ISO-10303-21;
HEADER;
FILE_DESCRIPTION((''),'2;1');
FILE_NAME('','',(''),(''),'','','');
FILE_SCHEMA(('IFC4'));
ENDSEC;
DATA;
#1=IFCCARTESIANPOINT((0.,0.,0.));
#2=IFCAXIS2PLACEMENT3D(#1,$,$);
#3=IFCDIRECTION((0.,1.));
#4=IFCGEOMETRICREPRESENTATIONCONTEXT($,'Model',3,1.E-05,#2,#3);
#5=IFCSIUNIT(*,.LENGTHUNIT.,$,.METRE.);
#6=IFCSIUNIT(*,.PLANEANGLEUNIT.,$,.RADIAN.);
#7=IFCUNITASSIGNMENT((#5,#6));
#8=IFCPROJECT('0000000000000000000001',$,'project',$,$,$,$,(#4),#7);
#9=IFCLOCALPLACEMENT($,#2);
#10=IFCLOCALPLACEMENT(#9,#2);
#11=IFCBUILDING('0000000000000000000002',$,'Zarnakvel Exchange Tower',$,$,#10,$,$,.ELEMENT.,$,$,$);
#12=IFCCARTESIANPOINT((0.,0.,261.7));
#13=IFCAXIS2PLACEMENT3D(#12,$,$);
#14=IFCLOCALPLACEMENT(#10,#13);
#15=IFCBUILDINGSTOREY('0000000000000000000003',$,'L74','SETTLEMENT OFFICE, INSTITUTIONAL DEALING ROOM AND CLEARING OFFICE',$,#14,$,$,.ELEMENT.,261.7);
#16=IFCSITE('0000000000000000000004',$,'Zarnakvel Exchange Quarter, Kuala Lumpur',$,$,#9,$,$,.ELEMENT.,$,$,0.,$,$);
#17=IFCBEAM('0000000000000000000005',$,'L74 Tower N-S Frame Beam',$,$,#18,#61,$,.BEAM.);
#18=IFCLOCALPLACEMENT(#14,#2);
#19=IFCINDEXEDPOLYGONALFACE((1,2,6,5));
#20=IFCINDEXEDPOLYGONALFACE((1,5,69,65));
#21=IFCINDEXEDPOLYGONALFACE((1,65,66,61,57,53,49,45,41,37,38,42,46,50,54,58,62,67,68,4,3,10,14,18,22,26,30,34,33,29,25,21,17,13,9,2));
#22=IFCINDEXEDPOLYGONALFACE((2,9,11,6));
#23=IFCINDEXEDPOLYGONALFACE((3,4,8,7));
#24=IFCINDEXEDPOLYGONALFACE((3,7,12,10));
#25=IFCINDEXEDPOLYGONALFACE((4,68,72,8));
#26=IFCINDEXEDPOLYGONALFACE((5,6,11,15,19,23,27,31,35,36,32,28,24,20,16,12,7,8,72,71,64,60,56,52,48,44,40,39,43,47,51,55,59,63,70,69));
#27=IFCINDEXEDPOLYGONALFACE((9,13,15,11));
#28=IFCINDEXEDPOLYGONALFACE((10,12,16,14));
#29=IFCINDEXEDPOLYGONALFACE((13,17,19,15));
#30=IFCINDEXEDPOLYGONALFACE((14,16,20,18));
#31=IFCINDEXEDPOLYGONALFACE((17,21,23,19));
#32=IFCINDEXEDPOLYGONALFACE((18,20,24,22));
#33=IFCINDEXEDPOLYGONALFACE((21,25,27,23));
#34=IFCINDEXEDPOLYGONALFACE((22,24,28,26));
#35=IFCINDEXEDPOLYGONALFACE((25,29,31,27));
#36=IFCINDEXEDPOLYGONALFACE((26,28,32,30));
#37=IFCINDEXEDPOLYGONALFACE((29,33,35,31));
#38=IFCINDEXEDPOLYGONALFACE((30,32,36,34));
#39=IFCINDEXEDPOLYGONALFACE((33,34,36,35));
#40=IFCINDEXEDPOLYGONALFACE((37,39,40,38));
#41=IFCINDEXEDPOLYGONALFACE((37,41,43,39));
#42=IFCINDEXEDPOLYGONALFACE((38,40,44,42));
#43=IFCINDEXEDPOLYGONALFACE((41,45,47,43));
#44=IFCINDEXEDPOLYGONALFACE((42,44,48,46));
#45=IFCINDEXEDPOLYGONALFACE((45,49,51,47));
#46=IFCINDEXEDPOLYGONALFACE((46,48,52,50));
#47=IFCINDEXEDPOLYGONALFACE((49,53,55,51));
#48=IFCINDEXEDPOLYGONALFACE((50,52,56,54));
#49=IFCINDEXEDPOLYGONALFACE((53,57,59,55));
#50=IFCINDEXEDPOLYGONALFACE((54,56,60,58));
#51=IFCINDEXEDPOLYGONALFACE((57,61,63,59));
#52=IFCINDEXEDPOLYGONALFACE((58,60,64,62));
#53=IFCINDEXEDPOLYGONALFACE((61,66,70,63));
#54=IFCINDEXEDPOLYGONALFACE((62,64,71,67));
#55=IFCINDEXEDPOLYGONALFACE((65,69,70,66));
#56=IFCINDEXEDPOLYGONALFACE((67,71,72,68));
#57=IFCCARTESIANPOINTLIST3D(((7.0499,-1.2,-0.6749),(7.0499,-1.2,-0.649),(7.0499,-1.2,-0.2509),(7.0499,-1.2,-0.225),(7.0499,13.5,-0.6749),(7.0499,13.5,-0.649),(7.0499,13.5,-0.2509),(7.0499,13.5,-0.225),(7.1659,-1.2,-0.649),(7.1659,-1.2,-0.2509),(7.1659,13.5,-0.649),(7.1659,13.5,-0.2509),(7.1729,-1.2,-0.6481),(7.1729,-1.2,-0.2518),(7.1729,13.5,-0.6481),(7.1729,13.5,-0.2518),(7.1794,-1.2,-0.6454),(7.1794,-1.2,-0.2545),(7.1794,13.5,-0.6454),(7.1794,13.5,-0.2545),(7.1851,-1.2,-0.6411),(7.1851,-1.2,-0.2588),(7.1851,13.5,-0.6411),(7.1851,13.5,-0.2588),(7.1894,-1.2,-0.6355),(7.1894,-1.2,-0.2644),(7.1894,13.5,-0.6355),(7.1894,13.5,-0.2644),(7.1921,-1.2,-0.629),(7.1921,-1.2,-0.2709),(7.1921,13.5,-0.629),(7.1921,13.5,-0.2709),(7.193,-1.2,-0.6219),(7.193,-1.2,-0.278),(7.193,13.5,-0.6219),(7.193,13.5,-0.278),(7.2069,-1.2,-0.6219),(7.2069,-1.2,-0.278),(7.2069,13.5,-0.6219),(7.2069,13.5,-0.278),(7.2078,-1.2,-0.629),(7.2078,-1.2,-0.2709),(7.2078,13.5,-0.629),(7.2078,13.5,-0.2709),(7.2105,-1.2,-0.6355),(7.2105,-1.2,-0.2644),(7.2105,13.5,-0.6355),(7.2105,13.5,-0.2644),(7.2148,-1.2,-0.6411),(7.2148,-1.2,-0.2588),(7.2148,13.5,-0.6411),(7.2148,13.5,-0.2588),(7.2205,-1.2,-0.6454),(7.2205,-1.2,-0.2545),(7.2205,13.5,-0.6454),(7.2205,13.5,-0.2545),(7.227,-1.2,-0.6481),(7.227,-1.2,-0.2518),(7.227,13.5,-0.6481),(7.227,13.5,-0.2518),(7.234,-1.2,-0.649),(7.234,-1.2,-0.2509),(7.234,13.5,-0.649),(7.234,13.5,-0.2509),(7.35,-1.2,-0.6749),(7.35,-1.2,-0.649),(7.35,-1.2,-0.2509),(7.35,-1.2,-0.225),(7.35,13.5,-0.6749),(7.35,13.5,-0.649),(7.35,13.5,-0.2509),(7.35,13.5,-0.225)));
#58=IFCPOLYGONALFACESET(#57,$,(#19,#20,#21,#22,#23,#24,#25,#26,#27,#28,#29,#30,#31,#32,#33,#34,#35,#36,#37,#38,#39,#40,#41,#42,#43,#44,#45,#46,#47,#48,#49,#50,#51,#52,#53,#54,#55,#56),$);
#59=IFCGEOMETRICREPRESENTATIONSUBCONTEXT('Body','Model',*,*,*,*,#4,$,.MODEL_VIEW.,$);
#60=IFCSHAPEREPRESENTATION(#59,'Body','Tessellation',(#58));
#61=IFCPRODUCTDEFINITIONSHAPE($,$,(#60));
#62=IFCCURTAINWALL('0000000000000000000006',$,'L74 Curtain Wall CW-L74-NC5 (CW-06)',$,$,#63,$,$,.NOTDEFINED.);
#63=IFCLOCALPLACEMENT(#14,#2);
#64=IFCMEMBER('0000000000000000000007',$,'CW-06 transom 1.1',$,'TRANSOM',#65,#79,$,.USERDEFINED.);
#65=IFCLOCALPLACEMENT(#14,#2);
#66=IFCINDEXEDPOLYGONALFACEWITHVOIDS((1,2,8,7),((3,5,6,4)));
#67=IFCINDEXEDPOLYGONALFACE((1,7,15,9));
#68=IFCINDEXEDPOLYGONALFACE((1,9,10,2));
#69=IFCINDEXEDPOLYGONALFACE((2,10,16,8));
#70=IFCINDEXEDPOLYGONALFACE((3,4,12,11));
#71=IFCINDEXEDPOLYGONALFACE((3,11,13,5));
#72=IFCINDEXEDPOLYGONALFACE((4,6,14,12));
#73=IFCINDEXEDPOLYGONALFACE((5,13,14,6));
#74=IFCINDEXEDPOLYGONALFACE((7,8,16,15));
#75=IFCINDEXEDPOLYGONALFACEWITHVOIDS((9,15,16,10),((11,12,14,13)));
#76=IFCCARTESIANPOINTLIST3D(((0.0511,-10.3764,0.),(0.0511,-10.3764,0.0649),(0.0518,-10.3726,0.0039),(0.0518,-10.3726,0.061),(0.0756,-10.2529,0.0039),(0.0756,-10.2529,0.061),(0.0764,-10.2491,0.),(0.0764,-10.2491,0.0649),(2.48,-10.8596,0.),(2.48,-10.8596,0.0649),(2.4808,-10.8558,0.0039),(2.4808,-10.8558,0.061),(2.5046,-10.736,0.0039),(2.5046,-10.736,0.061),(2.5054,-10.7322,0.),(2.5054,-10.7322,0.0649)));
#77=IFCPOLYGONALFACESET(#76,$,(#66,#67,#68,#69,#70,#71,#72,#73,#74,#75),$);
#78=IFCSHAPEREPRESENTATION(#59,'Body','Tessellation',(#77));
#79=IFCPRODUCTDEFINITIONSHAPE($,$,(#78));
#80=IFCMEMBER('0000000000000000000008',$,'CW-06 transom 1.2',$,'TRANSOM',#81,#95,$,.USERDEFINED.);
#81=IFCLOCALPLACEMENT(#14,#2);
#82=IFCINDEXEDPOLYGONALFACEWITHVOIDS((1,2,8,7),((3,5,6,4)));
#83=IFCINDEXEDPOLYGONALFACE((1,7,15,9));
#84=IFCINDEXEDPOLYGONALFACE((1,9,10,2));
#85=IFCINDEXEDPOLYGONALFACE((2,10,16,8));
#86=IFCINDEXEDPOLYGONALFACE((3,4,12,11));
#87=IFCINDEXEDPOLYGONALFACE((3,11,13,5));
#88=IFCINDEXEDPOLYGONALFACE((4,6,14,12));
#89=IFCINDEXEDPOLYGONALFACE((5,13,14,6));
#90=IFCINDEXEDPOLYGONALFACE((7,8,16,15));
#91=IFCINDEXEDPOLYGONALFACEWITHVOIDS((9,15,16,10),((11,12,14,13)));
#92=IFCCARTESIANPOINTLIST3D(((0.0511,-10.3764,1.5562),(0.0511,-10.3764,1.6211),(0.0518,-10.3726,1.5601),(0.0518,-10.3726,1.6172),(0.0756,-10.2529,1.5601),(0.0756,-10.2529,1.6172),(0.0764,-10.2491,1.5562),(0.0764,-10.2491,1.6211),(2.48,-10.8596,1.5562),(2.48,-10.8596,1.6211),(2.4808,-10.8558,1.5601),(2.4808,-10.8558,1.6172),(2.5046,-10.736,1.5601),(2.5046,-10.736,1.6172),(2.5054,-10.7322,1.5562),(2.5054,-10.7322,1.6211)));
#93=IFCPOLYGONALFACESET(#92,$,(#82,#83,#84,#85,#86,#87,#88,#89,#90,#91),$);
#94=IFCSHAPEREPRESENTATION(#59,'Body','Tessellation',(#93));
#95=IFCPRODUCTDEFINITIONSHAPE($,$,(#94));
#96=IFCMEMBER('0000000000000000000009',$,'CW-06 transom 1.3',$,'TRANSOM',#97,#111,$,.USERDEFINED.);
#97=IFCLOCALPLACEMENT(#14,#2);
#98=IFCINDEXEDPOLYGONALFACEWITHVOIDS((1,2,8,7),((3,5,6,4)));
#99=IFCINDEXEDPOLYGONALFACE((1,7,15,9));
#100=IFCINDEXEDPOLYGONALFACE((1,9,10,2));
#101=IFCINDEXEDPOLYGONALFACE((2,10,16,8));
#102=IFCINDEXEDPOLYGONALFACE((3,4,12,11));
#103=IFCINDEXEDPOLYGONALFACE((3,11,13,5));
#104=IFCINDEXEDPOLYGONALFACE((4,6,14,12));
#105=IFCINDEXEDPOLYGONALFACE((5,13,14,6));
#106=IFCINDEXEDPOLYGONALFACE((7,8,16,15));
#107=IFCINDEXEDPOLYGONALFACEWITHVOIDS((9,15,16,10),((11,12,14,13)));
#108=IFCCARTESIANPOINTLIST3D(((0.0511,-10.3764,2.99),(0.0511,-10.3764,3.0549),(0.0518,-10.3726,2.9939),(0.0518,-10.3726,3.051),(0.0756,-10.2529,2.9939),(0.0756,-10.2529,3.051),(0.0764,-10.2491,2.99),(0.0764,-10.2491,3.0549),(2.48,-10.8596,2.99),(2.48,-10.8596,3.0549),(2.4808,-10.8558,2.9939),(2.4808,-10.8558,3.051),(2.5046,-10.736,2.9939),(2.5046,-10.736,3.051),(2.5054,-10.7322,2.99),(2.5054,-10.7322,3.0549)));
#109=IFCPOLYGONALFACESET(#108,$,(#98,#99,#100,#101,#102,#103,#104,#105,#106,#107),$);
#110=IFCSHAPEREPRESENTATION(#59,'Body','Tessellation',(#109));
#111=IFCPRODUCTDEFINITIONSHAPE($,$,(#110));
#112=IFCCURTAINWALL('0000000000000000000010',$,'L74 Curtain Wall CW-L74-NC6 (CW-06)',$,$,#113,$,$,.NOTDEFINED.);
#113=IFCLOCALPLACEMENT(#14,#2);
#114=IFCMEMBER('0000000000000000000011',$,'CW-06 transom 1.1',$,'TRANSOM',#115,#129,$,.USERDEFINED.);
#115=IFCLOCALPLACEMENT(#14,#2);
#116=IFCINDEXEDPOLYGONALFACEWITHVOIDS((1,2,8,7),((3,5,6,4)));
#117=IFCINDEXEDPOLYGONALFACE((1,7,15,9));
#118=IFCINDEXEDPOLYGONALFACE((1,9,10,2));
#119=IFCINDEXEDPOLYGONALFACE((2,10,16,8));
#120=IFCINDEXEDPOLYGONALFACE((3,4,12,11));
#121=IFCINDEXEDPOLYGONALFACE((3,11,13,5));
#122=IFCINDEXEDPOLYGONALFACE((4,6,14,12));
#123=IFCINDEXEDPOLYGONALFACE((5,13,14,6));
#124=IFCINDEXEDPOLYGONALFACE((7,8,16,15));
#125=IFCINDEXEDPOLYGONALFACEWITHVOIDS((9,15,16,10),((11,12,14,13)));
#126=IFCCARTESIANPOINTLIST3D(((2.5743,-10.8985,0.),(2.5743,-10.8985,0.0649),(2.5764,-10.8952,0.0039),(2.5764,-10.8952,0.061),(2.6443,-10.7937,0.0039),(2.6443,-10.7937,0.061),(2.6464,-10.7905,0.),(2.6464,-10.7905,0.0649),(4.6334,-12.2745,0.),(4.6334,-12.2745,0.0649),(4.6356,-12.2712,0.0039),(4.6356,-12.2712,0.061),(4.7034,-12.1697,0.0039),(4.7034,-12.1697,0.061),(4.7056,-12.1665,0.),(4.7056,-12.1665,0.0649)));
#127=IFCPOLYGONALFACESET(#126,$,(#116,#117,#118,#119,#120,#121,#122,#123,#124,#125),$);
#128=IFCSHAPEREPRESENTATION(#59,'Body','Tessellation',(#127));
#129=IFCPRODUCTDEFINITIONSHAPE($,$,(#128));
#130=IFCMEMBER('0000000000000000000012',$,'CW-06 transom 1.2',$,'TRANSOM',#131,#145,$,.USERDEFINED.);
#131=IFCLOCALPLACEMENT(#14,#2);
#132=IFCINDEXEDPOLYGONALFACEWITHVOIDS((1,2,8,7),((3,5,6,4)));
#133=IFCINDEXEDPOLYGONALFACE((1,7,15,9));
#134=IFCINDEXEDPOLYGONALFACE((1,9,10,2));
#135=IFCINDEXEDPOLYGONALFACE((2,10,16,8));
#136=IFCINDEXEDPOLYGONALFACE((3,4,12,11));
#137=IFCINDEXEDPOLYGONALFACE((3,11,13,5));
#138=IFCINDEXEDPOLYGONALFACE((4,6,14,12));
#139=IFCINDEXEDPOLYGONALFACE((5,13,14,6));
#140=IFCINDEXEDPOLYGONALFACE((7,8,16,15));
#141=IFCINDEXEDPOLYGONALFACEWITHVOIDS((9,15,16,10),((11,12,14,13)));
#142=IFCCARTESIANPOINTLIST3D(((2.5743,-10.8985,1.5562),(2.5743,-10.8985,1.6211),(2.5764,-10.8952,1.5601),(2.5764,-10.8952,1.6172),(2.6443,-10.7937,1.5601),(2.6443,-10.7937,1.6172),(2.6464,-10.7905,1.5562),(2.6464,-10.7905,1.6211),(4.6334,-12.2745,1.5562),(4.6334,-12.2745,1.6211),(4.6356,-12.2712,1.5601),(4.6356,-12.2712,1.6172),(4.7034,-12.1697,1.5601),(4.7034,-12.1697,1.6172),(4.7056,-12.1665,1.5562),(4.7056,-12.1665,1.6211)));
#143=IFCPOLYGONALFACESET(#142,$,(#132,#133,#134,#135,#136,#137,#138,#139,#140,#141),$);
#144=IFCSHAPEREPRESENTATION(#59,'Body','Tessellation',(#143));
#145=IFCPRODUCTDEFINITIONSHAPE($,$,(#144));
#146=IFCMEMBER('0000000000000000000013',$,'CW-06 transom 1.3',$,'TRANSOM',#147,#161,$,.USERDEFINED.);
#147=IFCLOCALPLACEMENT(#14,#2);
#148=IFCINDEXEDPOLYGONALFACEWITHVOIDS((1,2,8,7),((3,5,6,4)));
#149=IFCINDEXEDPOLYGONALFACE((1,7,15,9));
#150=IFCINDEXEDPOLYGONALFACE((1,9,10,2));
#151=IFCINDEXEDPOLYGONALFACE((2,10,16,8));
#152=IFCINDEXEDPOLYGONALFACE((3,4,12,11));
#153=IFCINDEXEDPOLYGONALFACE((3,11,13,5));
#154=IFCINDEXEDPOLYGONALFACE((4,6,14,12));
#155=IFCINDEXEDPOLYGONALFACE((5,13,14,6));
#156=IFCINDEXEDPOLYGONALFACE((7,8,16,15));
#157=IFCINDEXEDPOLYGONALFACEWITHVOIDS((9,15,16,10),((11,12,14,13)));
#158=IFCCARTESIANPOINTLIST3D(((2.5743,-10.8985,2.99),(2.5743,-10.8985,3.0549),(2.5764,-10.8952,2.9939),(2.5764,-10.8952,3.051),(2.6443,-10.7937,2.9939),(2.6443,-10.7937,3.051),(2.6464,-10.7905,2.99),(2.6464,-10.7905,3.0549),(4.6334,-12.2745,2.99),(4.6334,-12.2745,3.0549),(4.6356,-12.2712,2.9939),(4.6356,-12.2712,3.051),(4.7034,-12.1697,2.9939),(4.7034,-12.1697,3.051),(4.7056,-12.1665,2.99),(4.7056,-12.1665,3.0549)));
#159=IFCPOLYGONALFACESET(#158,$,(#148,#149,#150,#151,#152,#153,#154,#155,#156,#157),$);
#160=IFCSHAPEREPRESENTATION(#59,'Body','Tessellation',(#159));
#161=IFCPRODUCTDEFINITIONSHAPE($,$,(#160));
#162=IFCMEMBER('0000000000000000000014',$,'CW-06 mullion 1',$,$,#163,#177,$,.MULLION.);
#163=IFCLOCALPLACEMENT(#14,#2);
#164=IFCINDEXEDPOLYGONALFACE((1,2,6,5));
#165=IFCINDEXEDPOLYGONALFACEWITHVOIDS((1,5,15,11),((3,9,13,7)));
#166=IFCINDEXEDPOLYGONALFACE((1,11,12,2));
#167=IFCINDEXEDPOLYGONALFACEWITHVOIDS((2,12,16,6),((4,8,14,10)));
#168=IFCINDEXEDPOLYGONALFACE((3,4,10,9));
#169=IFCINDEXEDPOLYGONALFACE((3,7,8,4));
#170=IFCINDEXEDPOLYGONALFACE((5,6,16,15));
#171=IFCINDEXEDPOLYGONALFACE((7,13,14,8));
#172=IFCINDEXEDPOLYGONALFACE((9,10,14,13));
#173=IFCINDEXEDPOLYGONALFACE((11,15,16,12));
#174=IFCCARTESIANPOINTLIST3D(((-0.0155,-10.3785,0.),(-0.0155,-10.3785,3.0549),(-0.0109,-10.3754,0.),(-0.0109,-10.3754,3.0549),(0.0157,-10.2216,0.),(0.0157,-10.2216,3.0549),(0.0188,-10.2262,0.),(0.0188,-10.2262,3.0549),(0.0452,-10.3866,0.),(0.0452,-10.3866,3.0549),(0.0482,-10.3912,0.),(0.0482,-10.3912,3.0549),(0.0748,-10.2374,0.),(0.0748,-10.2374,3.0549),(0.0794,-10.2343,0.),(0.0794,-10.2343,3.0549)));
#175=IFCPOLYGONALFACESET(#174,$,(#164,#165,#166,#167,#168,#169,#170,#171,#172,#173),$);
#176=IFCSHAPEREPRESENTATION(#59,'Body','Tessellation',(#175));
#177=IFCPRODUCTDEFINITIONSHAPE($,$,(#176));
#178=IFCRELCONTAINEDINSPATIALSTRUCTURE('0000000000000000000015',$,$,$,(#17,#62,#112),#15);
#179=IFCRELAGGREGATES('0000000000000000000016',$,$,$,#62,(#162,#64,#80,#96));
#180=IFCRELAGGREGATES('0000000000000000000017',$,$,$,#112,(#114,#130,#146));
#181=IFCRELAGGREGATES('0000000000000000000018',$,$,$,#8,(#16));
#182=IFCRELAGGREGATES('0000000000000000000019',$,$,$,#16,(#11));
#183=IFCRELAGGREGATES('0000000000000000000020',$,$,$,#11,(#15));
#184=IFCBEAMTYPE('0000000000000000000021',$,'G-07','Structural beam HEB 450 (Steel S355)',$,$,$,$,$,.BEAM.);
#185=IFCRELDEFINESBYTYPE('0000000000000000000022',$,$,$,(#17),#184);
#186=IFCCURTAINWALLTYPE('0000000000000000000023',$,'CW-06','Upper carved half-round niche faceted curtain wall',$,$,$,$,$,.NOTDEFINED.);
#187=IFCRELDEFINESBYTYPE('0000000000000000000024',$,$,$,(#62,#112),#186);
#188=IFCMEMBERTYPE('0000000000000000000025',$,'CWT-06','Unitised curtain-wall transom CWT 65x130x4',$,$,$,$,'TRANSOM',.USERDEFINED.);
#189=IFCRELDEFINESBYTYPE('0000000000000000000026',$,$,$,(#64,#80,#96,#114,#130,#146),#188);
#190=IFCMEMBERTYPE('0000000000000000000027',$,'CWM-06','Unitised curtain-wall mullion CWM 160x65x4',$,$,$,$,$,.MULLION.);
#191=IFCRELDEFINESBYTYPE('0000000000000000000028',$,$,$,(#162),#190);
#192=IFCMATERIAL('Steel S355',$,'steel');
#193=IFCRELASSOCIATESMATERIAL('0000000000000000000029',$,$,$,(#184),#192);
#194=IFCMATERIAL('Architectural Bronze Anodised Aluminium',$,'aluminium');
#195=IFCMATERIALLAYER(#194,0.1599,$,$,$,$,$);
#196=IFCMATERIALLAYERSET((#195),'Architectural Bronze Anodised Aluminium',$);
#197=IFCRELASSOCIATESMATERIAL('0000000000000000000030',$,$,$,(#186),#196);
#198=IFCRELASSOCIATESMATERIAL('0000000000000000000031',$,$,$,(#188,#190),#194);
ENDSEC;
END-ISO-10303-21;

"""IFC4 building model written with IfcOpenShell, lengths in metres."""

from ifc_helpers import new_model, si_unit, direction, frame, origin, origin_2d, place, context, subcontext, project, spatial, hollow_rectangle, i_section, extrude, source, transform, mapped, material, layer, layer_set, material_profile, profile_set, type_object, element, aggregate, save


model = new_model("IFC4")

# Units and contexts
model_context = context("Model", 3, precision=1e-05, world=origin(), true_north=direction((0.0, 1.0)))
body_context = subcontext(model_context, "Body", "Model", "MODEL_VIEW")
ifc_project = project(units=[si_unit("LENGTHUNIT", "METRE"), si_unit("PLANEANGLEUNIT", "RADIAN")], contexts=[model_context])

# Site, building, storey
site_placement = place(None, origin())
site = spatial("IfcSite", under=ifc_project, at=site_placement, Name="Zarnakvel Exchange Quarter, Kuala Lumpur", CompositionType="ELEMENT", RefElevation=0.0)
building_placement = place(site_placement, origin())
building = spatial("IfcBuilding", under=site, at=building_placement, Name="Zarnakvel Exchange Tower", CompositionType="ELEMENT")
storey_placement = place(building_placement, frame((0.0, 0.0, 261.7)))
storey = spatial("IfcBuildingStorey", under=building, at=storey_placement, Name="L74", Description="SETTLEMENT OFFICE, INSTITUTIONAL DEALING ROOM AND CLEARING OFFICE", CompositionType="ELEMENT", Elevation=261.7)

# Beam
ifc_material_1 = material(Name="Steel S355", Category="steel")
ifc_material_profile_1 = material_profile(ifc_material_1, i_section(OverallWidth=0.3, OverallDepth=0.45, WebThickness=0.0139, FlangeThickness=0.0259, FilletRadius=0.0271, at=origin_2d()))
ifc_profile_set_1 = profile_set([ifc_material_profile_1], Name="Steel S355")
beam_type_1 = type_object("IfcBeamType", Name="G-07", Description="Structural beam HEB 450 (Steel S355)", PredefinedType="BEAM", material=ifc_profile_set_1)
beam_1_placement = place(storey_placement, frame((7.2, -1.2, -0.45), z_axis=(0.0, 1.0, 0.0), x_axis=(-1.0, 0.0, 0.0)))
element("IfcBeam", 1, at=beam_1_placement, inside=storey, type_object=beam_type_1, Name="L74 Tower N-S Frame Beam", PredefinedType="BEAM", context=body_context, shape_type="SweptSolid", body=[
    extrude(i_section(OverallWidth=0.3, OverallDepth=0.45, WebThickness=0.0139, FlangeThickness=0.0259, FilletRadius=0.0271, at=origin_2d()), origin(), (0.0, 0.0, 1.0), 14.7),
])

# Curtain walls, members
ifc_material_2 = material(Name="Architectural Bronze Anodised Aluminium", Category="aluminium")
ifc_layer_1 = layer(ifc_material_2, 0.1599)
ifc_layer_set_1 = layer_set([ifc_layer_1], Name="Architectural Bronze Anodised Aluminium")
curtain_wall_type = type_object("IfcCurtainWallType", Name="CW-06", Description="Upper carved half-round niche faceted curtain wall", PredefinedType="NOTDEFINED", material=ifc_layer_set_1)
curtain_wall_1_placement = place(storey_placement, origin())
curtain_wall_1 = element("IfcCurtainWall", 2, at=curtain_wall_1_placement, inside=storey, type_object=curtain_wall_type, Name="L74 Curtain Wall CW-L74-NC5 (CW-06)", PredefinedType="NOTDEFINED")
ifc_material_profile_2 = material_profile(ifc_material_2, hollow_rectangle(XDim=0.1299, YDim=0.0649, WallThickness=0.0039, at=origin_2d()))
ifc_profile_set_2 = profile_set([ifc_material_profile_2], Name="Architectural Bronze Anodised Aluminium")
member_type_1 = type_object("IfcMemberType", Name="CWT-06", Description="Unitised curtain-wall transom CWT 65x130x4", ElementType="TRANSOM", PredefinedType="USERDEFINED", material=ifc_profile_set_2)
shared_shape_1 = source(origin(), body_context, "Body", "SweptSolid", [
    extrude(hollow_rectangle(XDim=0.1299, YDim=0.0649, WallThickness=0.0039, at=origin_2d()), origin(), (0.0, 0.0, 1.0), 2.4766),
])
member_1_placement = place(storey_placement, frame((0.0637, -10.3127, 0.0325), z_axis=(0.980785, -0.195092, 0.0), x_axis=(0.195092, 0.980785, 0.0)))
member_1 = element("IfcMember", 3, at=member_1_placement, type_object=member_type_1, Name="CW-06 transom 1.1", ObjectType="TRANSOM", PredefinedType="USERDEFINED", context=body_context, shape_type="MappedRepresentation", body=[
    mapped(shared_shape_1, transform((0.0, 0.0, 0.0), x_axis=(1.0, 0.0, 0.0), y_axis=(0.0, 1.0, 0.0), z_axis=(0.0, 0.0, 1.0), scale=1.0)),
])
member_2_placement = place(storey_placement, frame((0.0637, -10.3127, 1.5886), z_axis=(0.980785, -0.195092, 0.0), x_axis=(0.195092, 0.980785, 0.0)))
member_2 = element("IfcMember", 4, at=member_2_placement, type_object=member_type_1, Name="CW-06 transom 1.2", ObjectType="TRANSOM", PredefinedType="USERDEFINED", context=body_context, shape_type="MappedRepresentation", body=[
    mapped(shared_shape_1, transform((0.0, 0.0, 0.0), x_axis=(1.0, 0.0, 0.0), y_axis=(0.0, 1.0, 0.0), z_axis=(0.0, 0.0, 1.0), scale=1.0)),
])
member_3_placement = place(storey_placement, frame((0.0637, -10.3127, 3.0225), z_axis=(0.980785, -0.195092, 0.0), x_axis=(0.195092, 0.980785, 0.0)))
member_3 = element("IfcMember", 5, at=member_3_placement, type_object=member_type_1, Name="CW-06 transom 1.3", ObjectType="TRANSOM", PredefinedType="USERDEFINED", context=body_context, shape_type="MappedRepresentation", body=[
    mapped(shared_shape_1, transform((0.0, 0.0, 0.0), x_axis=(1.0, 0.0, 0.0), y_axis=(0.0, 1.0, 0.0), z_axis=(0.0, 0.0, 1.0), scale=1.0)),
])
curtain_wall_2_placement = place(storey_placement, origin())
curtain_wall_2 = element("IfcCurtainWall", 6, at=curtain_wall_2_placement, inside=storey, type_object=curtain_wall_type, Name="L74 Curtain Wall CW-L74-NC6 (CW-06)", PredefinedType="NOTDEFINED")
member_4_placement = place(storey_placement, frame((2.6104, -10.8445, 0.0325), z_axis=(0.831443, -0.55561, 0.0), x_axis=(0.55561, 0.831443, 0.0)))
member_4 = element("IfcMember", 7, at=member_4_placement, type_object=member_type_1, Name="CW-06 transom 1.1", ObjectType="TRANSOM", PredefinedType="USERDEFINED", context=body_context, shape_type="MappedRepresentation", body=[
    mapped(shared_shape_1, transform((0.0, 0.0, 0.0), x_axis=(1.0, 0.0, 0.0), y_axis=(0.0, 1.0, 0.0), z_axis=(0.0, 0.0, 1.0), scale=1.0)),
])
member_5_placement = place(storey_placement, frame((2.6104, -10.8445, 1.5886), z_axis=(0.831443, -0.55561, 0.0), x_axis=(0.55561, 0.831443, 0.0)))
member_5 = element("IfcMember", 8, at=member_5_placement, type_object=member_type_1, Name="CW-06 transom 1.2", ObjectType="TRANSOM", PredefinedType="USERDEFINED", context=body_context, shape_type="MappedRepresentation", body=[
    mapped(shared_shape_1, transform((0.0, 0.0, 0.0), x_axis=(1.0, 0.0, 0.0), y_axis=(0.0, 1.0, 0.0), z_axis=(0.0, 0.0, 1.0), scale=1.0)),
])
member_6_placement = place(storey_placement, frame((2.6104, -10.8445, 3.0225), z_axis=(0.831443, -0.55561, 0.0), x_axis=(0.55561, 0.831443, 0.0)))
member_6 = element("IfcMember", 9, at=member_6_placement, type_object=member_type_1, Name="CW-06 transom 1.3", ObjectType="TRANSOM", PredefinedType="USERDEFINED", context=body_context, shape_type="MappedRepresentation", body=[
    mapped(shared_shape_1, transform((0.0, 0.0, 0.0), x_axis=(1.0, 0.0, 0.0), y_axis=(0.0, 1.0, 0.0), z_axis=(0.0, 0.0, 1.0), scale=1.0)),
])

# Member
ifc_material_profile_3 = material_profile(ifc_material_2, hollow_rectangle(XDim=0.1599, YDim=0.0649, WallThickness=0.0039, at=origin_2d()))
ifc_profile_set_3 = profile_set([ifc_material_profile_3], Name="Architectural Bronze Anodised Aluminium")
member_type_2 = type_object("IfcMemberType", Name="CWM-06", Description="Unitised curtain-wall mullion CWM 160x65x4", PredefinedType="MULLION", material=ifc_profile_set_3)
shared_shape_2 = source(origin(), body_context, "Body", "SweptSolid", [
    extrude(hollow_rectangle(XDim=0.1599, YDim=0.0649, WallThickness=0.0039, at=origin_2d()), origin(), (0.0, 0.0, 1.0), 3.0549),
])
member_7_placement = place(storey_placement, frame((0.032, -10.3064, 0.0), z_axis=(0.0, 0.0, 1.0), x_axis=(0.19509, 0.980785, 0.0)))
member_7 = element("IfcMember", 10, at=member_7_placement, type_object=member_type_2, Name="CW-06 mullion 1", PredefinedType="MULLION", context=body_context, shape_type="MappedRepresentation", body=[
    mapped(shared_shape_2, transform((0.0, 0.0, 0.0), x_axis=(1.0, 0.0, 0.0), y_axis=(0.0, 1.0, 0.0), z_axis=(0.0, 0.0, 1.0), scale=1.0)),
])

aggregate(curtain_wall_1, [member_7, member_1, member_2, member_3])
aggregate(curtain_wall_2, [member_4, member_5, member_6])

save(model, "model.ifc")
